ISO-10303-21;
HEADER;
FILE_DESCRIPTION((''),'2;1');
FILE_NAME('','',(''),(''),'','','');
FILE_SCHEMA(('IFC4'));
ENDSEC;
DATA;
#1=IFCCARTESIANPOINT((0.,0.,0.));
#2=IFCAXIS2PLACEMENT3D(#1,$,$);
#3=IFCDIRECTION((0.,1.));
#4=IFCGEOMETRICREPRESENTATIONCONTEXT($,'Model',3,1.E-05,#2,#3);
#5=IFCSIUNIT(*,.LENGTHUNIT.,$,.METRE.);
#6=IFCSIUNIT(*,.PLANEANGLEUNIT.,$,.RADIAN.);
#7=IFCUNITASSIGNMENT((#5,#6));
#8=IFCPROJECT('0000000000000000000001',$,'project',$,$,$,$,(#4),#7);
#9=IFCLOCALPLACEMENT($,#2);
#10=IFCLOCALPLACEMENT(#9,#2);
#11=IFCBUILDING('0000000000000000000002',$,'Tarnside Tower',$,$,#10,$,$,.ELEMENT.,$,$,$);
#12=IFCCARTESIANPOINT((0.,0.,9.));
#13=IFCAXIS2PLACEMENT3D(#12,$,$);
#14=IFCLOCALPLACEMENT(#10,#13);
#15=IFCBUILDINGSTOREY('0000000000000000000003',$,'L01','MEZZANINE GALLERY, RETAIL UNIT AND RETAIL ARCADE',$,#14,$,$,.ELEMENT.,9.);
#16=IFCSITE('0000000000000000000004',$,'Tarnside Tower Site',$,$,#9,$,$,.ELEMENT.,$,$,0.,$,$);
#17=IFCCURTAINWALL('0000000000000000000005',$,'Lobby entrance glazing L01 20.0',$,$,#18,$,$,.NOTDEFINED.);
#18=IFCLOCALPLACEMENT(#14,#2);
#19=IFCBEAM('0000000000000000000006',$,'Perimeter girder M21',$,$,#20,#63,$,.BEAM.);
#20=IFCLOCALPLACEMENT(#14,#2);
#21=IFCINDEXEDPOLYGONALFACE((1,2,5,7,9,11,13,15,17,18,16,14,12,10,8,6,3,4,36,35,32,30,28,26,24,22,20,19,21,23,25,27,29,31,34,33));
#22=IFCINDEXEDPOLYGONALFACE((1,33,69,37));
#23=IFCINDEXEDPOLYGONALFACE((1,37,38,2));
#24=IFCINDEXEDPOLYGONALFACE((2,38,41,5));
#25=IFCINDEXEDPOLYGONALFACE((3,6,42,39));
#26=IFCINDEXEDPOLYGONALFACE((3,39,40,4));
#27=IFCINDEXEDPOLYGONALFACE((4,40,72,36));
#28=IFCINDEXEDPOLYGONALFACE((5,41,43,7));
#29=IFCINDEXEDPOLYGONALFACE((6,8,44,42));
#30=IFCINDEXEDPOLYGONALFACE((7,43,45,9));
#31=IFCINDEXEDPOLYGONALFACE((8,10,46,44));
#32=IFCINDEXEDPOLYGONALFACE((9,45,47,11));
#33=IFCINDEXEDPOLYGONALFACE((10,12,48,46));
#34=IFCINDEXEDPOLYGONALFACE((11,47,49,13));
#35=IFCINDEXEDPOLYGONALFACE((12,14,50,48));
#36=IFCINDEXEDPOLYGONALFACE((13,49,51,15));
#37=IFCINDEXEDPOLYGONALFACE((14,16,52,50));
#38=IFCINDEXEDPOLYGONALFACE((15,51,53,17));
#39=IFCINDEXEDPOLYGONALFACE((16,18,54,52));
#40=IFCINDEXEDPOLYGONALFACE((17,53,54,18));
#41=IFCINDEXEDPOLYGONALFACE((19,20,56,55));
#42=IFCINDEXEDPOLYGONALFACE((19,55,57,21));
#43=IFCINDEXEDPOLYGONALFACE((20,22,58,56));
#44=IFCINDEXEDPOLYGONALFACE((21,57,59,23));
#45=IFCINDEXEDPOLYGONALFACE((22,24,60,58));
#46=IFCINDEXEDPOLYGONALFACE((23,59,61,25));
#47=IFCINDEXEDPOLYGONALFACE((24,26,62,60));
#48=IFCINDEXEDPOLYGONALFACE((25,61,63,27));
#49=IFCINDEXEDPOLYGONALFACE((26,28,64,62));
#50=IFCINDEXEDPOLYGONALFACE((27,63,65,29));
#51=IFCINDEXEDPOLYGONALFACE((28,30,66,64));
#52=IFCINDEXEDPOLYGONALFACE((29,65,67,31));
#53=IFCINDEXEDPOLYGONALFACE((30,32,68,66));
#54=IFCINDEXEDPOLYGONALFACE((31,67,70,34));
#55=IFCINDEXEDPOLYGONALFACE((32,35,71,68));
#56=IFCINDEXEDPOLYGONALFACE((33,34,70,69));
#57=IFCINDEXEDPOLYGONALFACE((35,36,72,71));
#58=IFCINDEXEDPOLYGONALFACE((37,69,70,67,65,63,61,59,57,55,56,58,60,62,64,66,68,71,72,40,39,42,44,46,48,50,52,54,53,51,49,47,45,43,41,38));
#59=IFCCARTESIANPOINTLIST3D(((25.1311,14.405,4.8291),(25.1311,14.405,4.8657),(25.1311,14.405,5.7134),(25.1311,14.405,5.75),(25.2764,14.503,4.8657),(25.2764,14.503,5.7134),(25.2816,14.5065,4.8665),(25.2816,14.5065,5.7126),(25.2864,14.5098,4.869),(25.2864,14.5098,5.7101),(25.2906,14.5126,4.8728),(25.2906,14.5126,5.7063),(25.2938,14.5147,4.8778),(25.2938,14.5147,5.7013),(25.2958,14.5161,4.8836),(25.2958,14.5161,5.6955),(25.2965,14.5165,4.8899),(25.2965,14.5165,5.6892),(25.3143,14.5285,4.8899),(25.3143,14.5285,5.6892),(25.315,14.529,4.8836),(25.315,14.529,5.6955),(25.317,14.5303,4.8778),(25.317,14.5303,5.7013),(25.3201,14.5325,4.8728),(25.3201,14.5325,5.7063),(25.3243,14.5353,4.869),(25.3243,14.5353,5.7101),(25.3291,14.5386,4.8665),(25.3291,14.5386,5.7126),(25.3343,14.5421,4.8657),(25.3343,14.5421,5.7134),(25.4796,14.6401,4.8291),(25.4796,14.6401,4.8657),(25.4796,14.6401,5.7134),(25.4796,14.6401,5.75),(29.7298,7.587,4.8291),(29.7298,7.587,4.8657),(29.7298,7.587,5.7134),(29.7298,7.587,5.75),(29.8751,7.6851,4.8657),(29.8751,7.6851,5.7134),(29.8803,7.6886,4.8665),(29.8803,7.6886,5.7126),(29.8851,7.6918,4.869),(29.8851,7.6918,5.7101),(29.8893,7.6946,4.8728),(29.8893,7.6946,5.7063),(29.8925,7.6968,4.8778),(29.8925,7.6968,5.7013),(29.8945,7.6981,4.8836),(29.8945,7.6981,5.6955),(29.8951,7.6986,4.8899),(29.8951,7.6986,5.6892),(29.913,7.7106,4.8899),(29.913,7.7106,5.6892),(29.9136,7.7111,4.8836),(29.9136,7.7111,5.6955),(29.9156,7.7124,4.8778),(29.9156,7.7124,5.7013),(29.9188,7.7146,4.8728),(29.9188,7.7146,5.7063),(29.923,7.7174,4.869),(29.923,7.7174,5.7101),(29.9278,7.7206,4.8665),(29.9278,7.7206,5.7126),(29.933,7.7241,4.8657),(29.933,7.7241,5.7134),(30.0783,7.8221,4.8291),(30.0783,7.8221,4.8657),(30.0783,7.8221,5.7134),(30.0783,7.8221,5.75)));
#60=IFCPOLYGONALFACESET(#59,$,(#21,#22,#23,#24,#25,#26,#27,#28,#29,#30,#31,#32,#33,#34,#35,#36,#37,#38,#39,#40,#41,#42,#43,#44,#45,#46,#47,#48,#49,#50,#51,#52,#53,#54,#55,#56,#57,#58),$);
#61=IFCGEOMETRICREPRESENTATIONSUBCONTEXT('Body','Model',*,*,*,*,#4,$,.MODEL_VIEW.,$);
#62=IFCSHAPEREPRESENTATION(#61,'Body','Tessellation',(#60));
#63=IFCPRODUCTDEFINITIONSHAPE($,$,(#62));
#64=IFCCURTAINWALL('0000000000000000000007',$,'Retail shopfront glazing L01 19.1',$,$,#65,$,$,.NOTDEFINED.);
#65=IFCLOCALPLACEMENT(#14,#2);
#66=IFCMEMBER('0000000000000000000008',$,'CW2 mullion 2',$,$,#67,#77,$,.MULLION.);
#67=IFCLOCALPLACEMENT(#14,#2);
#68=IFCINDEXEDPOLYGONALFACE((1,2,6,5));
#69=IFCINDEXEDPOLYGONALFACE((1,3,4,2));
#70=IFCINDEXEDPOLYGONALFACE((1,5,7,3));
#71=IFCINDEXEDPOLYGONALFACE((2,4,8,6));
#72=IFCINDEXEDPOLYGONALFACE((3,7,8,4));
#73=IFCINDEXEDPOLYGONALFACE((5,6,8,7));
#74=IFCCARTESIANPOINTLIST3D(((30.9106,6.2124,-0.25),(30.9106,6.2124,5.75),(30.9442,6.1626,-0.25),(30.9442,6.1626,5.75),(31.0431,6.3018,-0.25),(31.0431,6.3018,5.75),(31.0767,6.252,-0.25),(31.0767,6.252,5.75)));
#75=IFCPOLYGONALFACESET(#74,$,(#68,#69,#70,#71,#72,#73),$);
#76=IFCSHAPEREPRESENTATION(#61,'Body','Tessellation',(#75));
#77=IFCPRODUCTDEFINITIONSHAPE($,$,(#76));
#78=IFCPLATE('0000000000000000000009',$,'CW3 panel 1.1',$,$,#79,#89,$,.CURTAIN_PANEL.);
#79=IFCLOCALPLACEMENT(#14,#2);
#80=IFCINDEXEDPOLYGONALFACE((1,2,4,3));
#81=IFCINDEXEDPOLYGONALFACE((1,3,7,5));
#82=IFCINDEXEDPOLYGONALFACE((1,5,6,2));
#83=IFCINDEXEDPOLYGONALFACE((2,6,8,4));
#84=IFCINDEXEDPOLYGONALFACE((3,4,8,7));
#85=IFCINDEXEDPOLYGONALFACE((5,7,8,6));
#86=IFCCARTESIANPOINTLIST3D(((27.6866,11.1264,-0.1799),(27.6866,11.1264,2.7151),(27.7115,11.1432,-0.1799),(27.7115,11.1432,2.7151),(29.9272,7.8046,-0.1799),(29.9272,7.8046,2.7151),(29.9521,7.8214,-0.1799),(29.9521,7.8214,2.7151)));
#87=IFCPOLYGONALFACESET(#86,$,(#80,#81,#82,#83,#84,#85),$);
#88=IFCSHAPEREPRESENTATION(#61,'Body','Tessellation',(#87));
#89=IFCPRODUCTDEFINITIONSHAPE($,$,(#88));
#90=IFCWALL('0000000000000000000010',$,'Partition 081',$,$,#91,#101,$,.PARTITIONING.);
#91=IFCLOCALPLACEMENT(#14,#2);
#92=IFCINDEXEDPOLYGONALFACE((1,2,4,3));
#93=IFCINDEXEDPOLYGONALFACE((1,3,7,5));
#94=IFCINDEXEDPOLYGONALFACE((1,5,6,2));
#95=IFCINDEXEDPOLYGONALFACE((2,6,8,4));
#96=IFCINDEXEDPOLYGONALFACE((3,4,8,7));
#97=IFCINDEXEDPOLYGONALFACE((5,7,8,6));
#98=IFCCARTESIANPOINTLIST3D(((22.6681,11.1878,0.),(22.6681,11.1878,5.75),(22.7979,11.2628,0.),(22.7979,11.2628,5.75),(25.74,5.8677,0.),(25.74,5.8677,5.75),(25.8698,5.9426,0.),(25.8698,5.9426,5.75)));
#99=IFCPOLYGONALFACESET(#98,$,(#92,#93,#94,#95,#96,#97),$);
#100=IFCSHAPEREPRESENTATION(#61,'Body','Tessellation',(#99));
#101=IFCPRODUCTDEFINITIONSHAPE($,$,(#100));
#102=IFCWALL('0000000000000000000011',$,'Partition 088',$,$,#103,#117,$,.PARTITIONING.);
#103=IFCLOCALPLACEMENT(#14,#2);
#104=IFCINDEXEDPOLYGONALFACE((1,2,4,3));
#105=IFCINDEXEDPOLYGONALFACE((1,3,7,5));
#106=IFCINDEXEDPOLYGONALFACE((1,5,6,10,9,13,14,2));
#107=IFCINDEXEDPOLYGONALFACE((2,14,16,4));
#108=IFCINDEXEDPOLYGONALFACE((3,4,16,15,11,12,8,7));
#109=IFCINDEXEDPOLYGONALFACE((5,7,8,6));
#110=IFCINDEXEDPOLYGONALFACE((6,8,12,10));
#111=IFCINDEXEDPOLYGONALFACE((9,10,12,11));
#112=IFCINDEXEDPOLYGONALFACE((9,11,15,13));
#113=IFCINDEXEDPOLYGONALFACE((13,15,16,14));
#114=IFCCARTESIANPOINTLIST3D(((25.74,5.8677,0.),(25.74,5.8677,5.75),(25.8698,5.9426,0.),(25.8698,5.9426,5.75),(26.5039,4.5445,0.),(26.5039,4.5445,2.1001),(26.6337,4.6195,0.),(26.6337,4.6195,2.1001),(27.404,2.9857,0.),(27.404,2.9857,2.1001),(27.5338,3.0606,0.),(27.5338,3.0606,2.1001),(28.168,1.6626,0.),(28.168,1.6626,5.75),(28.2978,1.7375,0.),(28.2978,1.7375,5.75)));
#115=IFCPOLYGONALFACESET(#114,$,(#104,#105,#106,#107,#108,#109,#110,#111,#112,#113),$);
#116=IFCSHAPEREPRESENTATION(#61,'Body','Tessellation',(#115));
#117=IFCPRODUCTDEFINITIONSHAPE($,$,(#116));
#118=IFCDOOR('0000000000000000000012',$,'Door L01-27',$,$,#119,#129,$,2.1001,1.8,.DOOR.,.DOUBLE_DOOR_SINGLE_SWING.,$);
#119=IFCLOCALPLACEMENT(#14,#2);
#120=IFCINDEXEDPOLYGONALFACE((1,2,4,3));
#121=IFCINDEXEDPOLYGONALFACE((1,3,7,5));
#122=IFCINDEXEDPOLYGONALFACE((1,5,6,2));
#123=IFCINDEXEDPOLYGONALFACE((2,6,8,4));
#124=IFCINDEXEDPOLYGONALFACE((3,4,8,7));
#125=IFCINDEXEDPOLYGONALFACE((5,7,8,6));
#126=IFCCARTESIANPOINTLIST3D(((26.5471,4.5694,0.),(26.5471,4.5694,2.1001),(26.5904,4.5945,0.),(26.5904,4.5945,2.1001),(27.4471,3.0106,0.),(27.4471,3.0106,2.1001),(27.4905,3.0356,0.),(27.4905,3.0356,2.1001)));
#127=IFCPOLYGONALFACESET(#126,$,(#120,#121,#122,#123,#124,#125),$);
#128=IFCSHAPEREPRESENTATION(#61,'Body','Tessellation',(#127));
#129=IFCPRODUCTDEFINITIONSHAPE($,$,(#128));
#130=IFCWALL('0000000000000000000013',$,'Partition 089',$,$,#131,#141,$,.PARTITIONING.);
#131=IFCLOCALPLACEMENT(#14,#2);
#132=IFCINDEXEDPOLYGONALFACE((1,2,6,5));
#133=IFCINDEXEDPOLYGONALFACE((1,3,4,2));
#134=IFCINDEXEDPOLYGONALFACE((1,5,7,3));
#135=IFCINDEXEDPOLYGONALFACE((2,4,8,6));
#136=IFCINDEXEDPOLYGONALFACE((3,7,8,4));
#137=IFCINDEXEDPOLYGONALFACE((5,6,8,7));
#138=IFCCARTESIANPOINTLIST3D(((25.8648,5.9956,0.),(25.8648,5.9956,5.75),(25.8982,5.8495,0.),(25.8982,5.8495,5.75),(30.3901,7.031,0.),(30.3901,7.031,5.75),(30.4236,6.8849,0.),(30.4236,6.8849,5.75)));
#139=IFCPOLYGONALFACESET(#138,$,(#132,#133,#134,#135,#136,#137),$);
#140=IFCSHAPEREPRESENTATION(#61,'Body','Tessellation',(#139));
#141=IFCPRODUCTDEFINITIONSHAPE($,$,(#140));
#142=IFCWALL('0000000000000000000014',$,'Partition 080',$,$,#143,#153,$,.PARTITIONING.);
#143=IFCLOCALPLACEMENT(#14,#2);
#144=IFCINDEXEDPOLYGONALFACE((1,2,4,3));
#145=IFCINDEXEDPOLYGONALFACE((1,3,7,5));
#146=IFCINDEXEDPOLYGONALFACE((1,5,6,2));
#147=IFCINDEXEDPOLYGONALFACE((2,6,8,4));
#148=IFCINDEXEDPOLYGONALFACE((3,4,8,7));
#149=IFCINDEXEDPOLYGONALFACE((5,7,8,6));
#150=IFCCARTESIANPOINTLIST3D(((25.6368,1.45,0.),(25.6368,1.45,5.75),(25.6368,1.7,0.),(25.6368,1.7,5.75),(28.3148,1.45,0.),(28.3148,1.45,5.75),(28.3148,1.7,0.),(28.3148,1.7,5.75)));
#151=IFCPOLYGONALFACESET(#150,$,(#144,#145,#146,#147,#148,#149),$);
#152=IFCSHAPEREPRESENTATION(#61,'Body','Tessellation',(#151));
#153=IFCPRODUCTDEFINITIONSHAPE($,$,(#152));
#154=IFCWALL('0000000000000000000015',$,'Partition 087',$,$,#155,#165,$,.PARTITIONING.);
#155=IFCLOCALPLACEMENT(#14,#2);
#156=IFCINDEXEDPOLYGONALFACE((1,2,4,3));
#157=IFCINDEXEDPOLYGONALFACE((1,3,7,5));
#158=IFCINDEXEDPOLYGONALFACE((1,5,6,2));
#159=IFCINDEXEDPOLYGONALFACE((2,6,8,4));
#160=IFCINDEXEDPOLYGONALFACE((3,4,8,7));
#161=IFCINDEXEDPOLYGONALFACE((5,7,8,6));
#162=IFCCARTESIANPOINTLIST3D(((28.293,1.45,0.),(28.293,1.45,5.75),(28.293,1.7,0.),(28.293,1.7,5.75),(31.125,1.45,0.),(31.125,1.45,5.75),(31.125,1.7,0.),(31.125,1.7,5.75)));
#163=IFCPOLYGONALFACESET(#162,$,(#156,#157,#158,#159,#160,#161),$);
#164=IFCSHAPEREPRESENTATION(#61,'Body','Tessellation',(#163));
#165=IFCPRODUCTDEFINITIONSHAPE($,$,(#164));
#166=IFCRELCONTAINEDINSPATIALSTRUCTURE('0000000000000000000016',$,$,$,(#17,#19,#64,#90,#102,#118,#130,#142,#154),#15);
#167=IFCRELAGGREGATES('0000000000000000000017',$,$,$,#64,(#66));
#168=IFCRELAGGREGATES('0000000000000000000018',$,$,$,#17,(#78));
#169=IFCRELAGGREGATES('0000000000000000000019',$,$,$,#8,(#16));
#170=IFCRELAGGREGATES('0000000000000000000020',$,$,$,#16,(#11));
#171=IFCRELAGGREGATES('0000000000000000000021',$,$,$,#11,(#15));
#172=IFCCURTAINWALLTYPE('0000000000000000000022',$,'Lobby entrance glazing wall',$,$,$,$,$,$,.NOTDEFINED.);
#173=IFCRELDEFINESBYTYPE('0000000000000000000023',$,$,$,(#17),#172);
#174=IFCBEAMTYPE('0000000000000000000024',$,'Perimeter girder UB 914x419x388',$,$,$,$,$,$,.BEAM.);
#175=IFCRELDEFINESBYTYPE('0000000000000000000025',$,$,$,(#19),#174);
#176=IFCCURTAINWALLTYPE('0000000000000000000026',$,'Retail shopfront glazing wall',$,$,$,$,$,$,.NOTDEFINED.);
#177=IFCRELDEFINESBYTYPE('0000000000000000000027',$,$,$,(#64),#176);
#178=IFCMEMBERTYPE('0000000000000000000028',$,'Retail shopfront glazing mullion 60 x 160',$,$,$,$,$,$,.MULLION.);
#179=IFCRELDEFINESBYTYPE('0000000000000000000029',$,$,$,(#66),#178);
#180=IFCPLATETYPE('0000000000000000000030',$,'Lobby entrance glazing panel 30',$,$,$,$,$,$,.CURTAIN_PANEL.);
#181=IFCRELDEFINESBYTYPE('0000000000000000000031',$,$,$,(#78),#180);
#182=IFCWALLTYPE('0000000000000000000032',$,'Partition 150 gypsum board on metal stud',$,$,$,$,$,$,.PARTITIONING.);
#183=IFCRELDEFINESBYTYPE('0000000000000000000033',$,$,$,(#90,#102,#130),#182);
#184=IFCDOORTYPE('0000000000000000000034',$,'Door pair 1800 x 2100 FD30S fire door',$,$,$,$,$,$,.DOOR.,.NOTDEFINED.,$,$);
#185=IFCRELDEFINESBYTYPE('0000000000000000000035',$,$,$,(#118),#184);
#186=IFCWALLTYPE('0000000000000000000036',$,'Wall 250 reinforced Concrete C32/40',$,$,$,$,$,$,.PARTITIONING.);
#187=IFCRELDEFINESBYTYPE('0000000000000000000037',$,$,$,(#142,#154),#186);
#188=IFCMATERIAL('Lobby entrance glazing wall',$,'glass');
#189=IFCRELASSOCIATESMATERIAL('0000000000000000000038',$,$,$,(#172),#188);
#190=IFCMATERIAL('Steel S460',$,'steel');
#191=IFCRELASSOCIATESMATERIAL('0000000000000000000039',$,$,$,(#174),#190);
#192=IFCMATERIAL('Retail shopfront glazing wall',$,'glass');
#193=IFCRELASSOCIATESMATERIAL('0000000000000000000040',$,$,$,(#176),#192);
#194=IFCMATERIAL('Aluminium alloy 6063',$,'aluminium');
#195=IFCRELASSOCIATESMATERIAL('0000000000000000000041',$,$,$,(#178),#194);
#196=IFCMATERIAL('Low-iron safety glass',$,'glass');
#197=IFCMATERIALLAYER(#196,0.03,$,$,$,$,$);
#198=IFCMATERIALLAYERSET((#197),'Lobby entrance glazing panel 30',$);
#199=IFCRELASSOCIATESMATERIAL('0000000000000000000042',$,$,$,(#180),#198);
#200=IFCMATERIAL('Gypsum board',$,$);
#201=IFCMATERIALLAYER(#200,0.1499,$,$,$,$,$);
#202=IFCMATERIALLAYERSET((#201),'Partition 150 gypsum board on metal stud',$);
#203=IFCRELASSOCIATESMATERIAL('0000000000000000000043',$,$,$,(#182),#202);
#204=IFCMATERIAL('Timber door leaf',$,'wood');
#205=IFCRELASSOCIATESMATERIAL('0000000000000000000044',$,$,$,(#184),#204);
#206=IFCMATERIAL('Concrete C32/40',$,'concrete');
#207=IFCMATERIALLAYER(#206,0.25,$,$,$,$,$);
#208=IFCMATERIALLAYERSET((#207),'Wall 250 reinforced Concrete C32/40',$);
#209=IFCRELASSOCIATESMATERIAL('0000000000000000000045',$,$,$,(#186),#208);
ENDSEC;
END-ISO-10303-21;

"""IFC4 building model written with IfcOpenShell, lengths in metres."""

from ifc_helpers import new_model, si_unit, direction, frame, frame_2d, origin, origin_2d, place, context, subcontext, project, spatial, rectangle, i_section, extrude, material, layer, layer_set, material_profile, profile_set, type_object, element, fill, aggregate, save


model = new_model("IFC4")

# Units and contexts
model_context = context("Model", 3, precision=1e-05, world=origin(), true_north=direction((0.0, 1.0)))
body_context = subcontext(model_context, "Body", "Model", "MODEL_VIEW")
ifc_project = project(units=[si_unit("LENGTHUNIT", "METRE"), si_unit("PLANEANGLEUNIT", "RADIAN")], contexts=[model_context])

# Site, building, storey
site_placement = place(None, origin())
site = spatial("IfcSite", under=ifc_project, at=site_placement, Name="Tarnside Tower Site", CompositionType="ELEMENT", RefElevation=0.0)
building_placement = place(site_placement, origin())
building = spatial("IfcBuilding", under=site, at=building_placement, Name="Tarnside Tower", CompositionType="ELEMENT")
storey_placement = place(building_placement, frame((0.0, 0.0, 9.0)))
storey = spatial("IfcBuildingStorey", under=building, at=storey_placement, Name="L01", Description="MEZZANINE GALLERY, RETAIL UNIT AND RETAIL ARCADE", CompositionType="ELEMENT", Elevation=9.0)

# Shared definitions
ifc_material_1 = material(Name="Steel S460", Category="steel")

# Curtain wall
ifc_material_2 = material(Name="Lobby entrance glazing wall", Category="glass")
curtain_wall_type_1 = type_object("IfcCurtainWallType", Name="Lobby entrance glazing wall", PredefinedType="NOTDEFINED", material=ifc_material_2)
curtain_wall_1_placement = place(storey_placement, origin())
curtain_wall_1 = element("IfcCurtainWall", 1, at=curtain_wall_1_placement, inside=storey, type_object=curtain_wall_type_1, Name="Lobby entrance glazing L01 20.0", PredefinedType="NOTDEFINED")
ifc_material_3 = material(Name="Aluminium alloy 6063", Category="aluminium")

# Beam
ifc_material_profile_1 = material_profile(ifc_material_1, i_section(OverallWidth=0.4204, OverallDepth=0.9209, WebThickness=0.0215, FlangeThickness=0.0366, FilletRadius=0.0242, at=origin_2d()), Name="UB 914x419x388")
ifc_profile_set_1 = profile_set([ifc_material_profile_1], Name="Steel S460")
beam_type_1 = type_object("IfcBeamType", Name="Perimeter girder UB 914x419x388", PredefinedType="BEAM", material=ifc_profile_set_1)
beam_1_placement = place(storey_placement, frame((29.9041, 7.7046, 5.2896), z_axis=(-0.559186, 0.829042, 0.0), x_axis=(-0.829042, -0.559186, 0.0)))
element("IfcBeam", 2, at=beam_1_placement, inside=storey, type_object=beam_type_1, Name="Perimeter girder M21", PredefinedType="BEAM", context=body_context, shape_type="SweptSolid", body=[
    extrude(i_section(OverallWidth=0.4204, OverallDepth=0.9209, WebThickness=0.0215, FlangeThickness=0.0366, FilletRadius=0.0242, at=origin_2d()), origin(), (0.0, 0.0, 1.0), 8.2239),
])

# Curtain wall, member
ifc_material_4 = material(Name="Retail shopfront glazing wall", Category="glass")
curtain_wall_type_2 = type_object("IfcCurtainWallType", Name="Retail shopfront glazing wall", PredefinedType="NOTDEFINED", material=ifc_material_4)
curtain_wall_2_placement = place(storey_placement, origin())
curtain_wall_2 = element("IfcCurtainWall", 3, at=curtain_wall_2_placement, inside=storey, type_object=curtain_wall_type_2, Name="Retail shopfront glazing L01 19.1", PredefinedType="NOTDEFINED")
ifc_material_profile_2 = material_profile(ifc_material_3, rectangle(XDim=0.1599, YDim=0.0601, at=origin_2d()), Name="Retail shopfront glazing mullion 60 x 160")
ifc_profile_set_2 = profile_set([ifc_material_profile_2], Name="Aluminium alloy 6063")
member_type_1 = type_object("IfcMemberType", Name="Retail shopfront glazing mullion 60 x 160", PredefinedType="MULLION", material=ifc_profile_set_2)
member_1_placement = place(storey_placement, frame((30.9937, 6.2322, -0.25), z_axis=(0.0, 0.0, 1.0), x_axis=(-0.829038, -0.559193, 0.0)))
member_1 = element("IfcMember", 4, at=member_1_placement, type_object=member_type_1, Name="CW2 mullion 2", PredefinedType="MULLION", context=body_context, shape_type="SweptSolid", body=[
    extrude(rectangle(XDim=0.1599, YDim=0.0601, at=origin_2d()), origin(), (0.0, 0.0, 1.0), 6.0),
])
aggregate(curtain_wall_2, [member_1])

# Plate
ifc_material_5 = material(Name="Low-iron safety glass", Category="glass")
ifc_layer_1 = layer(ifc_material_5, 0.03)
ifc_layer_set_1 = layer_set([ifc_layer_1], Name="Lobby entrance glazing panel 30")
plate_type = type_object("IfcPlateType", Name="Lobby entrance glazing panel 30", PredefinedType="CURTAIN_PANEL", material=ifc_layer_set_1)
plate_placement = place(storey_placement, frame((28.8193, 9.4739, -0.1799), z_axis=(0.0, 0.0, 1.0), x_axis=(-0.559193, 0.829038, 0.0)))
plate = element("IfcPlate", 5, at=plate_placement, type_object=plate_type, Name="CW3 panel 1.1", PredefinedType="CURTAIN_PANEL", context=body_context, shape_type="SweptSolid", body=[
    extrude(rectangle(XDim=4.0068, YDim=0.03, at=origin_2d()), origin(), (0.0, 0.0, 1.0), 2.895),
])
aggregate(curtain_wall_1, [plate])

# Wall
ifc_material_6 = material(Name="Gypsum board")
ifc_layer_2 = layer(ifc_material_6, 0.1499)
ifc_layer_set_2 = layer_set([ifc_layer_2], Name="Partition 150 gypsum board on metal stud")
wall_type_1 = type_object("IfcWallType", Name="Partition 150 gypsum board on metal stud", PredefinedType="PARTITIONING", material=ifc_layer_set_2)
wall_1_placement = place(storey_placement, frame((25.8049, 5.905, 0.0), z_axis=(0.0, 0.0, 1.0), x_axis=(-0.500029, 0.866009, 0.0)))
element("IfcWall", 6, at=wall_1_placement, inside=storey, type_object=wall_type_1, Name="Partition 081", PredefinedType="PARTITIONING", context=body_context, shape_type="SweptSolid", body=[
    extrude(rectangle(XDim=6.1433, YDim=0.1499, at=frame_2d((3.0718, 0.0))), origin(), (0.0, 0.0, 1.0), 5.75),
])

# Wall, opening, door
wall_2_placement = place(storey_placement, frame((25.8049, 5.905, 0.0), z_axis=(0.0, 0.0, 1.0), x_axis=(0.500027, -0.86601, 0.0)))
wall_2 = element("IfcWall", 7, at=wall_2_placement, inside=storey, type_object=wall_type_1, Name="Partition 088", PredefinedType="PARTITIONING", context=body_context, shape_type="SweptSolid", body=[
    extrude(rectangle(XDim=4.8557, YDim=0.1499, at=frame_2d((2.4277, 0.0))), origin(), (0.0, 0.0, 1.0), 5.75),
])
opening_placement = place(wall_2_placement, frame((1.5278, 0.0, 0.0)))
opening = element("IfcOpeningElement", 8, at=opening_placement, cuts=wall_2, PredefinedType="OPENING", context=body_context, shape_type="SweptSolid", body=[
    extrude(rectangle(XDim=1.8, YDim=2.1001, at=frame_2d((0.8999, 1.05))), frame((0.0, 0.085, 0.0), z_axis=(0.0, -1.0, 0.0), x_axis=(1.0, 0.0, 0.0)), (0.0, 0.0, 1.0), 0.1699),
])
ifc_material_7 = material(Name="Timber door leaf", Category="wood")
door_type = type_object("IfcDoorType", Name="Door pair 1800 x 2100 FD30S fire door", OperationType="NOTDEFINED", PredefinedType="DOOR", material=ifc_material_7)
door_placement = place(opening_placement, origin())
door = element("IfcDoor", 9, at=door_placement, inside=storey, type_object=door_type, Name="Door L01-27", OperationType="DOUBLE_DOOR_SINGLE_SWING", OverallHeight=2.1001, OverallWidth=1.8, PredefinedType="DOOR", context=body_context, shape_type="SweptSolid", body=[
    extrude(rectangle(XDim=1.8, YDim=2.1001, at=frame_2d((0.8999, 1.05))), frame((0.0, 0.0249, 0.0), z_axis=(0.0, -1.0, 0.0), x_axis=(1.0, 0.0, 0.0)), (0.0, 0.0, 1.0), 0.05),
])
fill(opening, door)

# Walls
wall_3_placement = place(storey_placement, frame((30.407, 6.958, 0.0), z_axis=(0.0, 0.0, 1.0), x_axis=(-0.974811, -0.223035, 0.0)))
element("IfcWall", 10, at=wall_3_placement, inside=storey, type_object=wall_type_1, Name="Partition 089", PredefinedType="PARTITIONING", context=body_context, shape_type="SweptSolid", body=[
    extrude(rectangle(XDim=4.6423, YDim=0.1499, at=frame_2d((2.3213, 0.0))), origin(), (0.0, 0.0, 1.0), 5.75),
])
ifc_material_8 = material(Name="Concrete C32/40", Category="concrete")
ifc_layer_3 = layer(ifc_material_8, 0.25)
ifc_layer_set_3 = layer_set([ifc_layer_3], Name="Wall 250 reinforced Concrete C32/40")
wall_type_2 = type_object("IfcWallType", Name="Wall 250 reinforced Concrete C32/40", PredefinedType="PARTITIONING", material=ifc_layer_set_3)
wall_4_placement = place(storey_placement, frame((25.637, 1.575, 0.0), z_axis=(0.0, 0.0, 1.0), x_axis=(1.0, 0.0, 0.0)))
element("IfcWall", 11, at=wall_4_placement, inside=storey, type_object=wall_type_2, Name="Partition 080", PredefinedType="PARTITIONING", context=body_context, shape_type="SweptSolid", body=[
    extrude(rectangle(XDim=2.678, YDim=0.25, at=frame_2d((1.3389, 0.0))), origin(), (0.0, 0.0, 1.0), 5.75),
])
wall_5_placement = place(storey_placement, frame((28.293, 1.575, 0.0), z_axis=(0.0, 0.0, 1.0), x_axis=(1.0, 0.0, 0.0)))
element("IfcWall", 12, at=wall_5_placement, inside=storey, type_object=wall_type_2, Name="Partition 087", PredefinedType="PARTITIONING", context=body_context, shape_type="SweptSolid", body=[
    extrude(rectangle(XDim=2.832, YDim=0.25, at=frame_2d((1.416, 0.0))), origin(), (0.0, 0.0, 1.0), 5.75),
])

save(model, "model.ifc")
